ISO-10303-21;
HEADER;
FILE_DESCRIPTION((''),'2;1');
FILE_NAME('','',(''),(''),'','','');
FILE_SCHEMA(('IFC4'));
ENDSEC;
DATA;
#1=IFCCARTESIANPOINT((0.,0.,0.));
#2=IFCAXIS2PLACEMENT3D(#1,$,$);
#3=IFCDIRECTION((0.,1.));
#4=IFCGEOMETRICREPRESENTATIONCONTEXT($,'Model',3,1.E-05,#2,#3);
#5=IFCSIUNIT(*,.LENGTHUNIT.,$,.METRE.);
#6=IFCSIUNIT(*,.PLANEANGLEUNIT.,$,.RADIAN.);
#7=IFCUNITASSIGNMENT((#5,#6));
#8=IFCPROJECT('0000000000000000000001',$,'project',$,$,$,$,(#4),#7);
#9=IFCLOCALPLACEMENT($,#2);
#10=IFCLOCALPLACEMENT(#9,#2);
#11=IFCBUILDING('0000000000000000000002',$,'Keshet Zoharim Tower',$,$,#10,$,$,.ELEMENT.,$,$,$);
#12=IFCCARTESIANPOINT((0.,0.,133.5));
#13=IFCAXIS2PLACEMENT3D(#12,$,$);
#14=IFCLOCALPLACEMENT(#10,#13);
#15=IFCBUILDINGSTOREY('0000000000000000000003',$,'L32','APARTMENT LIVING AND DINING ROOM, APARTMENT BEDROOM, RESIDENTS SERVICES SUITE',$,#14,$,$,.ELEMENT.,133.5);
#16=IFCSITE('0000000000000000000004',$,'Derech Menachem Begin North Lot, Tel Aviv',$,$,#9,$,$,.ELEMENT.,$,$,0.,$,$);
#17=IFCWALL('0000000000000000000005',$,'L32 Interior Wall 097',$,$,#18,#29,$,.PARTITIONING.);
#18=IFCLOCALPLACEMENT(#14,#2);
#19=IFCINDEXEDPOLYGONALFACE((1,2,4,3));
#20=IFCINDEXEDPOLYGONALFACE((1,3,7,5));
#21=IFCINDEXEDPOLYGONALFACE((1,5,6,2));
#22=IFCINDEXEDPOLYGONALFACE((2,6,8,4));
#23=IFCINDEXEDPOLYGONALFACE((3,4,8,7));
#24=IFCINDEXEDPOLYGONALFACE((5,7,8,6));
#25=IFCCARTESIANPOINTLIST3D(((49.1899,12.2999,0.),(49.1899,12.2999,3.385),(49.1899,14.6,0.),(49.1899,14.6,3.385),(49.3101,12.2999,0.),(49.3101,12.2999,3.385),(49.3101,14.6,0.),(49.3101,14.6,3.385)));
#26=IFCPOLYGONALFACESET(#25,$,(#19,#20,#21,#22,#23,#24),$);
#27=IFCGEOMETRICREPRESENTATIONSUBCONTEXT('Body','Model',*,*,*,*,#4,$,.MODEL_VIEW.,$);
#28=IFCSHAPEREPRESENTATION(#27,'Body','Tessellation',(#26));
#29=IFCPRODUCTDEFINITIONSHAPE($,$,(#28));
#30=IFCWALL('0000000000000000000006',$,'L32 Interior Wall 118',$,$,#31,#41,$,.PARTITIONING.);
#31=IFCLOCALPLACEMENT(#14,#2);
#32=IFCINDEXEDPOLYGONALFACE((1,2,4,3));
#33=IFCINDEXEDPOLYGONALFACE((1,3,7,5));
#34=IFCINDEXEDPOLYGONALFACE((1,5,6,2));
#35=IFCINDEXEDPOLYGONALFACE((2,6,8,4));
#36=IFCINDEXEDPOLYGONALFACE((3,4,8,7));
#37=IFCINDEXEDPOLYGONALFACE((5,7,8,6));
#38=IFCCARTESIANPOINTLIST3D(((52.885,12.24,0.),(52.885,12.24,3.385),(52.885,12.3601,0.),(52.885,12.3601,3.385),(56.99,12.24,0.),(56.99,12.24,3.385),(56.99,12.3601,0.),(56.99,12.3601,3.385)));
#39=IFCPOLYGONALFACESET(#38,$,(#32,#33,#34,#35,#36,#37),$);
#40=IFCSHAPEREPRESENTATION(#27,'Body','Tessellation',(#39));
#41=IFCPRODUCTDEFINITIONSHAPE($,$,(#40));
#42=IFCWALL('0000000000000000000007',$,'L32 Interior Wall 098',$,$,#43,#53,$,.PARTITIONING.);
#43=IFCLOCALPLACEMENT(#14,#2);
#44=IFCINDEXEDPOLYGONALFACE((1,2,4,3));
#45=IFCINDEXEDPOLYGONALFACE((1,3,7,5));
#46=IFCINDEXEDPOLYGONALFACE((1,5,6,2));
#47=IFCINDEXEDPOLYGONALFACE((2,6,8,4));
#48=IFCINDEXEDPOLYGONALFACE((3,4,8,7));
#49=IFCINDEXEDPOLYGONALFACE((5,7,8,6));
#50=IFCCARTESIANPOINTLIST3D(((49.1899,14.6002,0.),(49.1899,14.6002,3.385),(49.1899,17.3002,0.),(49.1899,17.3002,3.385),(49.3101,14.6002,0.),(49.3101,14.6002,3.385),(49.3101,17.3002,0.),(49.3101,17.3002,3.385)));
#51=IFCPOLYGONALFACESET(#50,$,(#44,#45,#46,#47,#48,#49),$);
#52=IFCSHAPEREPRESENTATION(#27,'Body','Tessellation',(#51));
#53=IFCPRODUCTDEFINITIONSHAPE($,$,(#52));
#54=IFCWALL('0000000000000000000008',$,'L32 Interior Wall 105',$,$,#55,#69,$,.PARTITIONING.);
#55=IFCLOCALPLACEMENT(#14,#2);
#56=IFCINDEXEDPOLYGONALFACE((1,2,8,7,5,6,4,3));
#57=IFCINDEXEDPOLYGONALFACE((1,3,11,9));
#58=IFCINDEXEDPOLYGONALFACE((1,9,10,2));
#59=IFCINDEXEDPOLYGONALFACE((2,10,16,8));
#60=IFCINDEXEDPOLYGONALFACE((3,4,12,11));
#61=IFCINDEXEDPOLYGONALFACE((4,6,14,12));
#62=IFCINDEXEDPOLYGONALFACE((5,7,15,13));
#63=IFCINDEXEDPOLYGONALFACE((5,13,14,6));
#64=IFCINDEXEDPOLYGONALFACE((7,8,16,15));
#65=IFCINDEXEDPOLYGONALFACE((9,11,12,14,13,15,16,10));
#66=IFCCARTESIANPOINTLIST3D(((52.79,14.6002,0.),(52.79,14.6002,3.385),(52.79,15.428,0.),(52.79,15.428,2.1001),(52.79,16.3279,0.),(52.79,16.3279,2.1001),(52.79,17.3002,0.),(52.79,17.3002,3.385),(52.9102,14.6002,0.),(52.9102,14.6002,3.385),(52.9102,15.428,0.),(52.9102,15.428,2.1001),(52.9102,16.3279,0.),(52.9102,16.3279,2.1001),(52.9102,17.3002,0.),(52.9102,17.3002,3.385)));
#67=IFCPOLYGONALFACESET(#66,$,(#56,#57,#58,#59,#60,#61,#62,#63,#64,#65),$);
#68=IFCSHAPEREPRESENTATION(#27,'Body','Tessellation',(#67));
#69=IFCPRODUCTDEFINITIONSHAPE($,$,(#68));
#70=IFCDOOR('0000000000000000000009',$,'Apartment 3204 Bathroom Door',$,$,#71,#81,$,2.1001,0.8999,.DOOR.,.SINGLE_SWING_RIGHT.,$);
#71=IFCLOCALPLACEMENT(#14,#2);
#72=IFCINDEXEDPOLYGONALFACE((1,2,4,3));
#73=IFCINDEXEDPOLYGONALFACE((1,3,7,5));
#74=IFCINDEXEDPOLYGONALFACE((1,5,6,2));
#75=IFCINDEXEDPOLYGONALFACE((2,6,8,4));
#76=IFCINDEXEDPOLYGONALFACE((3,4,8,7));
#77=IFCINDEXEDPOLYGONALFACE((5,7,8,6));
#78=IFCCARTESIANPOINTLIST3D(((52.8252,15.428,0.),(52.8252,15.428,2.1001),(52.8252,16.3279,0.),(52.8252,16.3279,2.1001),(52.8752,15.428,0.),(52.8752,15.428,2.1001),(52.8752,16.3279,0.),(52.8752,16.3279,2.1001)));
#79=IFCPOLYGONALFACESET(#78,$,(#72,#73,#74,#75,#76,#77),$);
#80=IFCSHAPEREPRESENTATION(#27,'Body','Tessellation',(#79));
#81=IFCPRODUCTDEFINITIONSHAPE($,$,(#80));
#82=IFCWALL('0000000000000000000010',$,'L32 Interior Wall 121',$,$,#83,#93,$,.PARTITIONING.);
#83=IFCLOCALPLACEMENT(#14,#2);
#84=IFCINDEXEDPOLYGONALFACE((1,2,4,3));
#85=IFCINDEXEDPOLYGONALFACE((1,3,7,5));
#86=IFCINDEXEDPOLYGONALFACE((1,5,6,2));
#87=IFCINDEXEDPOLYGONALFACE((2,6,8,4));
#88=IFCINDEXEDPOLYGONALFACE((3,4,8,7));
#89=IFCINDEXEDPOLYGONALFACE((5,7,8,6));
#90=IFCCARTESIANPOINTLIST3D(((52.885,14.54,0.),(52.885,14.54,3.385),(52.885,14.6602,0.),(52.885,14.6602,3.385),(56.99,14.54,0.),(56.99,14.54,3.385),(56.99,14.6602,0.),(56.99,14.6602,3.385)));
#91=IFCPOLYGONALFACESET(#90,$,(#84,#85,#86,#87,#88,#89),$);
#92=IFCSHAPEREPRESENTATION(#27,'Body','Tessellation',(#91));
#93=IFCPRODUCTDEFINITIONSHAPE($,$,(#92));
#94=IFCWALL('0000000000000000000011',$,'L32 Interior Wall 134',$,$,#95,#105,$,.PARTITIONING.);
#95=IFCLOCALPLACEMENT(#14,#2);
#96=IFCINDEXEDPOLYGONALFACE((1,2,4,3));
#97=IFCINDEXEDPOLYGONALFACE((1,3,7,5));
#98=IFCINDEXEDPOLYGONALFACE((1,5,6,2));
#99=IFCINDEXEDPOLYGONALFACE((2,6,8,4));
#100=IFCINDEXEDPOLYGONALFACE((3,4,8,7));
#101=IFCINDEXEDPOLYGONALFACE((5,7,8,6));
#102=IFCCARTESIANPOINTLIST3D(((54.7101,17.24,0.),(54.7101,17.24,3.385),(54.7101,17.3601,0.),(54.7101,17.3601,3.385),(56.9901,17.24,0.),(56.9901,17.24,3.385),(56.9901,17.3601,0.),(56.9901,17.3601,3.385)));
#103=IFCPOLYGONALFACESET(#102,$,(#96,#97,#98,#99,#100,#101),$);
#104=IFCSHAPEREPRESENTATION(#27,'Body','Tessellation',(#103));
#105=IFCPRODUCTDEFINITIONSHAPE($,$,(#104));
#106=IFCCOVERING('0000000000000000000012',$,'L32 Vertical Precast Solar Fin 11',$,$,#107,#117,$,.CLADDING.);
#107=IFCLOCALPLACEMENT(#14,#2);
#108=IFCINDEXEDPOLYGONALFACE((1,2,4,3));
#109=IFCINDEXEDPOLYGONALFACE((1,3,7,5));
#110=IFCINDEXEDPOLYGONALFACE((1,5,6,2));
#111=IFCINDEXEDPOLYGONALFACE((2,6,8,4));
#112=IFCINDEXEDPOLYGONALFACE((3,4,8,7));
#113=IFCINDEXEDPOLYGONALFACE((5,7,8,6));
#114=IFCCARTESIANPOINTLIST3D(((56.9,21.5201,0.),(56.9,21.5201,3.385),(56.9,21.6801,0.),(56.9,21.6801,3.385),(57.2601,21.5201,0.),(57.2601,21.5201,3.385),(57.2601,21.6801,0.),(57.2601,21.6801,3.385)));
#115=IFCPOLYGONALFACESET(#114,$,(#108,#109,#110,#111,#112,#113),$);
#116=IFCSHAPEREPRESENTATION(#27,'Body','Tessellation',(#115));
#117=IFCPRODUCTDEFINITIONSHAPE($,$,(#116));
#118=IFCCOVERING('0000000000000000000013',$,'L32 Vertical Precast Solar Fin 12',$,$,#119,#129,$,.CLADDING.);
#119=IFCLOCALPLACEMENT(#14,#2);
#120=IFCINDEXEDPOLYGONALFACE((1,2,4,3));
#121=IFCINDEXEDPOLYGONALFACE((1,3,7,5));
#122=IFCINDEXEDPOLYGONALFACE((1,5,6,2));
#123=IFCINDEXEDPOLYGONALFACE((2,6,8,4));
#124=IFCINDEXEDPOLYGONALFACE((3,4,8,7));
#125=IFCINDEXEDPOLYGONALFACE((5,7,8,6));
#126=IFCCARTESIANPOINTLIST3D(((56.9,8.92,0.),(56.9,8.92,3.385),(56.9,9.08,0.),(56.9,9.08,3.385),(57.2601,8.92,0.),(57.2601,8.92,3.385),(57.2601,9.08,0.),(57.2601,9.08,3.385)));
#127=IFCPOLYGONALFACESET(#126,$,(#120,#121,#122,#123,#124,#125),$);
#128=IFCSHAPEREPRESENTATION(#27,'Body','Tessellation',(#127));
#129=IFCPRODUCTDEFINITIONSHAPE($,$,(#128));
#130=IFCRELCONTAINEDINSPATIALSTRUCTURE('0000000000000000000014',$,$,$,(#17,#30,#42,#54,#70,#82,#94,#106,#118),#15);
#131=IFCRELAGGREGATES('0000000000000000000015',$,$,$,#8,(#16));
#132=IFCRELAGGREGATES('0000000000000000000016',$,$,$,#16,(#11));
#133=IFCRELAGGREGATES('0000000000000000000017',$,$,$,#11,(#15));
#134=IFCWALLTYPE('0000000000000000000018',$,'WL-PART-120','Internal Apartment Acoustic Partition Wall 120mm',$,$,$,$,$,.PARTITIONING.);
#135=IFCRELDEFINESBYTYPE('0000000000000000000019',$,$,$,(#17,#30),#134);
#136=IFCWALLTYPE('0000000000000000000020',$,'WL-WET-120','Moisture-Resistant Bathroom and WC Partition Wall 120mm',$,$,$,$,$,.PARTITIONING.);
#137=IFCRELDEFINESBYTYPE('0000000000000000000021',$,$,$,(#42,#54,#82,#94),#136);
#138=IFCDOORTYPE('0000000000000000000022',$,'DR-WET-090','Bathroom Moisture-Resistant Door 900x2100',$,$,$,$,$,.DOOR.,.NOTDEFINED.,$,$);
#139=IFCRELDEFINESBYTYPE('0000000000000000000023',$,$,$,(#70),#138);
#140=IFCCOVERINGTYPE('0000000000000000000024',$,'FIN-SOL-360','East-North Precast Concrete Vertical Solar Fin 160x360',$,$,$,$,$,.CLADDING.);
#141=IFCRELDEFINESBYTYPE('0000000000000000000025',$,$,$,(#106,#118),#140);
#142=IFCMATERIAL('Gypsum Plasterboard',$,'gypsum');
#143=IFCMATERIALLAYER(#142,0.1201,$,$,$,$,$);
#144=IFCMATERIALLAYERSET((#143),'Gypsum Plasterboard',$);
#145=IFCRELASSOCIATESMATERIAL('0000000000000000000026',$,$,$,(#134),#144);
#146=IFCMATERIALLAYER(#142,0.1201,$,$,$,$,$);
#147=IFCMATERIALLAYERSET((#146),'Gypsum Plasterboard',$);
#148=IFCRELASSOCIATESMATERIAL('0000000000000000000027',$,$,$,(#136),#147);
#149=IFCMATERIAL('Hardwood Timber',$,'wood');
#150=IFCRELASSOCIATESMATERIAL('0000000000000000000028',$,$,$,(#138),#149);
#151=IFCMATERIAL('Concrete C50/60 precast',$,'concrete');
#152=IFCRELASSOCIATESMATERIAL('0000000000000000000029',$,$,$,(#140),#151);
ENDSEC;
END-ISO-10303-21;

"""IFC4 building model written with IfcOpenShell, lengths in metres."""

from ifc_helpers import new_model, si_unit, direction, frame, frame_2d, origin, origin_2d, place, context, subcontext, project, spatial, rectangle, extrude, material, layer, layer_set, type_object, element, fill, save


model = new_model("IFC4")

# Units and contexts
model_context = context("Model", 3, precision=1e-05, world=origin(), true_north=direction((0.0, 1.0)))
body_context = subcontext(model_context, "Body", "Model", "MODEL_VIEW")
ifc_project = project(units=[si_unit("LENGTHUNIT", "METRE"), si_unit("PLANEANGLEUNIT", "RADIAN")], contexts=[model_context])

# Site, building, storey
site_placement = place(None, origin())
site = spatial("IfcSite", under=ifc_project, at=site_placement, Name="Derech Menachem Begin North Lot, Tel Aviv", CompositionType="ELEMENT", RefElevation=0.0)
building_placement = place(site_placement, origin())
building = spatial("IfcBuilding", under=site, at=building_placement, Name="Keshet Zoharim Tower", CompositionType="ELEMENT")
storey_placement = place(building_placement, frame((0.0, 0.0, 133.5)))
storey = spatial("IfcBuildingStorey", under=building, at=storey_placement, Name="L32", Description="APARTMENT LIVING AND DINING ROOM, APARTMENT BEDROOM, RESIDENTS SERVICES SUITE", CompositionType="ELEMENT", Elevation=133.5)

# Shared definitions
ifc_material_1 = material(Name="Gypsum Plasterboard", Category="gypsum")

# Shared definitions
ifc_material_2 = material(Name="Hardwood Timber", Category="wood")

# Wall
ifc_layer_1 = layer(ifc_material_1, 0.1201)
ifc_layer_set_1 = layer_set([ifc_layer_1], Name="Gypsum Plasterboard")
wall_type_1 = type_object("IfcWallType", Name="WL-PART-120", Description="Internal Apartment Acoustic Partition Wall 120mm", PredefinedType="PARTITIONING", material=ifc_layer_set_1)
wall_1_placement = place(storey_placement, frame((49.25, 12.3, 0.0), z_axis=(0.0, 0.0, 1.0), x_axis=(0.0, 1.0, 0.0)))
element("IfcWall", 1, at=wall_1_placement, inside=storey, type_object=wall_type_1, Name="L32 Interior Wall 097", PredefinedType="PARTITIONING", context=body_context, shape_type="SweptSolid", body=[
    extrude(rectangle(XDim=2.3, YDim=0.1201, at=frame_2d((1.1499, 0.0))), origin(), (0.0, 0.0, 1.0), 3.385),
])

# Walls
wall_2_placement = place(storey_placement, frame((52.885, 12.3, 0.0), z_axis=(0.0, 0.0, 1.0), x_axis=(1.0, 0.0, 0.0)))
element("IfcWall", 2, at=wall_2_placement, inside=storey, type_object=wall_type_1, Name="L32 Interior Wall 118", PredefinedType="PARTITIONING", context=body_context, shape_type="SweptSolid", body=[
    extrude(rectangle(XDim=4.105, YDim=0.1201, at=frame_2d((2.0525, 0.0))), origin(), (0.0, 0.0, 1.0), 3.385),
])
ifc_layer_2 = layer(ifc_material_1, 0.1201)
ifc_layer_set_2 = layer_set([ifc_layer_2], Name="Gypsum Plasterboard")
wall_type_2 = type_object("IfcWallType", Name="WL-WET-120", Description="Moisture-Resistant Bathroom and WC Partition Wall 120mm", PredefinedType="PARTITIONING", material=ifc_layer_set_2)
wall_3_placement = place(storey_placement, frame((49.25, 14.6001, 0.0), z_axis=(0.0, 0.0, 1.0), x_axis=(0.0, 1.0, 0.0)))
element("IfcWall", 3, at=wall_3_placement, inside=storey, type_object=wall_type_2, Name="L32 Interior Wall 098", PredefinedType="PARTITIONING", context=body_context, shape_type="SweptSolid", body=[
    extrude(rectangle(XDim=2.7, YDim=0.1201, at=frame_2d((1.3501, 0.0))), origin(), (0.0, 0.0, 1.0), 3.385),
])

# Wall, opening, door
wall_4_placement = place(storey_placement, frame((52.8501, 14.6001, 0.0), z_axis=(0.0, 0.0, 1.0), x_axis=(0.0, 1.0, 0.0)))
wall_4 = element("IfcWall", 4, at=wall_4_placement, inside=storey, type_object=wall_type_2, Name="L32 Interior Wall 105", PredefinedType="PARTITIONING", context=body_context, shape_type="SweptSolid", body=[
    extrude(rectangle(XDim=2.7, YDim=0.1201, at=frame_2d((1.3501, 0.0))), origin(), (0.0, 0.0, 1.0), 3.385),
])
opening_1_placement = place(wall_4_placement, frame((0.8279, 0.0, 0.0)))
opening_1 = element("IfcOpeningElement", 5, at=opening_1_placement, cuts=wall_4, PredefinedType="OPENING", context=body_context, shape_type="SweptSolid", body=[
    extrude(rectangle(XDim=0.8999, YDim=2.1001, at=frame_2d((0.45, 1.05))), frame((0.0, 0.0701, 0.0), z_axis=(0.0, -1.0, 0.0), x_axis=(1.0, 0.0, 0.0)), (0.0, 0.0, 1.0), 0.1401),
])
door_type_1 = type_object("IfcDoorType", Name="DR-WET-090", Description="Bathroom Moisture-Resistant Door 900x2100", OperationType="NOTDEFINED", PredefinedType="DOOR", material=ifc_material_2)
door_1_placement = place(opening_1_placement, origin())
door_1 = element("IfcDoor", 6, at=door_1_placement, inside=storey, type_object=door_type_1, Name="Apartment 3204 Bathroom Door", OperationType="SINGLE_SWING_RIGHT", OverallHeight=2.1001, OverallWidth=0.8999, PredefinedType="DOOR", context=body_context, shape_type="SweptSolid", body=[
    extrude(rectangle(XDim=0.8999, YDim=2.1001, at=frame_2d((0.45, 1.05))), frame((0.0, 0.0249, 0.0), z_axis=(0.0, -1.0, 0.0), x_axis=(1.0, 0.0, 0.0)), (0.0, 0.0, 1.0), 0.05),
])
fill(opening_1, door_1)

# Walls
wall_5_placement = place(storey_placement, frame((52.885, 14.6001, 0.0), z_axis=(0.0, 0.0, 1.0), x_axis=(1.0, 0.0, 0.0)))
element("IfcWall", 7, at=wall_5_placement, inside=storey, type_object=wall_type_2, Name="L32 Interior Wall 121", PredefinedType="PARTITIONING", context=body_context, shape_type="SweptSolid", body=[
    extrude(rectangle(XDim=4.105, YDim=0.1201, at=frame_2d((2.0525, 0.0))), origin(), (0.0, 0.0, 1.0), 3.385),
])
wall_6_placement = place(storey_placement, frame((54.71, 17.3, 0.0), z_axis=(0.0, 0.0, 1.0), x_axis=(1.0, 0.0, 0.0)))
element("IfcWall", 8, at=wall_6_placement, inside=storey, type_object=wall_type_2, Name="L32 Interior Wall 134", PredefinedType="PARTITIONING", context=body_context, shape_type="SweptSolid", body=[
    extrude(rectangle(XDim=2.28, YDim=0.1201, at=frame_2d((1.1401, 0.0))), origin(), (0.0, 0.0, 1.0), 3.385),
])

# Coverings
ifc_material_3 = material(Name="Concrete C50/60 precast", Category="concrete")
covering_type = type_object("IfcCoveringType", Name="FIN-SOL-360", Description="East-North Precast Concrete Vertical Solar Fin 160x360", PredefinedType="CLADDING", material=ifc_material_3)
for number, where, z_axis, x_axis, name in (
    (9, (57.0801, 21.6001, 0.0), (0.0, 0.0, 1.0), (0.0, -1.0, 0.0), "L32 Vertical Precast Solar Fin 11"),
    (10, (57.0801, 9.0, 0.0), (0.0, 0.0, 1.0), (0.0, -1.0, 0.0), "L32 Vertical Precast Solar Fin 12"),
):
    element("IfcCovering", number, at=place(storey_placement, frame(where, z_axis=z_axis, x_axis=x_axis)), inside=storey, type_object=covering_type, Name=name, PredefinedType="CLADDING", context=body_context, shape_type="SweptSolid", body=[
        extrude(rectangle(XDim=0.1599, YDim=0.3601, at=origin_2d()), origin(), (0.0, 0.0, 1.0), 3.385),
    ])

save(model, "model.ifc")
